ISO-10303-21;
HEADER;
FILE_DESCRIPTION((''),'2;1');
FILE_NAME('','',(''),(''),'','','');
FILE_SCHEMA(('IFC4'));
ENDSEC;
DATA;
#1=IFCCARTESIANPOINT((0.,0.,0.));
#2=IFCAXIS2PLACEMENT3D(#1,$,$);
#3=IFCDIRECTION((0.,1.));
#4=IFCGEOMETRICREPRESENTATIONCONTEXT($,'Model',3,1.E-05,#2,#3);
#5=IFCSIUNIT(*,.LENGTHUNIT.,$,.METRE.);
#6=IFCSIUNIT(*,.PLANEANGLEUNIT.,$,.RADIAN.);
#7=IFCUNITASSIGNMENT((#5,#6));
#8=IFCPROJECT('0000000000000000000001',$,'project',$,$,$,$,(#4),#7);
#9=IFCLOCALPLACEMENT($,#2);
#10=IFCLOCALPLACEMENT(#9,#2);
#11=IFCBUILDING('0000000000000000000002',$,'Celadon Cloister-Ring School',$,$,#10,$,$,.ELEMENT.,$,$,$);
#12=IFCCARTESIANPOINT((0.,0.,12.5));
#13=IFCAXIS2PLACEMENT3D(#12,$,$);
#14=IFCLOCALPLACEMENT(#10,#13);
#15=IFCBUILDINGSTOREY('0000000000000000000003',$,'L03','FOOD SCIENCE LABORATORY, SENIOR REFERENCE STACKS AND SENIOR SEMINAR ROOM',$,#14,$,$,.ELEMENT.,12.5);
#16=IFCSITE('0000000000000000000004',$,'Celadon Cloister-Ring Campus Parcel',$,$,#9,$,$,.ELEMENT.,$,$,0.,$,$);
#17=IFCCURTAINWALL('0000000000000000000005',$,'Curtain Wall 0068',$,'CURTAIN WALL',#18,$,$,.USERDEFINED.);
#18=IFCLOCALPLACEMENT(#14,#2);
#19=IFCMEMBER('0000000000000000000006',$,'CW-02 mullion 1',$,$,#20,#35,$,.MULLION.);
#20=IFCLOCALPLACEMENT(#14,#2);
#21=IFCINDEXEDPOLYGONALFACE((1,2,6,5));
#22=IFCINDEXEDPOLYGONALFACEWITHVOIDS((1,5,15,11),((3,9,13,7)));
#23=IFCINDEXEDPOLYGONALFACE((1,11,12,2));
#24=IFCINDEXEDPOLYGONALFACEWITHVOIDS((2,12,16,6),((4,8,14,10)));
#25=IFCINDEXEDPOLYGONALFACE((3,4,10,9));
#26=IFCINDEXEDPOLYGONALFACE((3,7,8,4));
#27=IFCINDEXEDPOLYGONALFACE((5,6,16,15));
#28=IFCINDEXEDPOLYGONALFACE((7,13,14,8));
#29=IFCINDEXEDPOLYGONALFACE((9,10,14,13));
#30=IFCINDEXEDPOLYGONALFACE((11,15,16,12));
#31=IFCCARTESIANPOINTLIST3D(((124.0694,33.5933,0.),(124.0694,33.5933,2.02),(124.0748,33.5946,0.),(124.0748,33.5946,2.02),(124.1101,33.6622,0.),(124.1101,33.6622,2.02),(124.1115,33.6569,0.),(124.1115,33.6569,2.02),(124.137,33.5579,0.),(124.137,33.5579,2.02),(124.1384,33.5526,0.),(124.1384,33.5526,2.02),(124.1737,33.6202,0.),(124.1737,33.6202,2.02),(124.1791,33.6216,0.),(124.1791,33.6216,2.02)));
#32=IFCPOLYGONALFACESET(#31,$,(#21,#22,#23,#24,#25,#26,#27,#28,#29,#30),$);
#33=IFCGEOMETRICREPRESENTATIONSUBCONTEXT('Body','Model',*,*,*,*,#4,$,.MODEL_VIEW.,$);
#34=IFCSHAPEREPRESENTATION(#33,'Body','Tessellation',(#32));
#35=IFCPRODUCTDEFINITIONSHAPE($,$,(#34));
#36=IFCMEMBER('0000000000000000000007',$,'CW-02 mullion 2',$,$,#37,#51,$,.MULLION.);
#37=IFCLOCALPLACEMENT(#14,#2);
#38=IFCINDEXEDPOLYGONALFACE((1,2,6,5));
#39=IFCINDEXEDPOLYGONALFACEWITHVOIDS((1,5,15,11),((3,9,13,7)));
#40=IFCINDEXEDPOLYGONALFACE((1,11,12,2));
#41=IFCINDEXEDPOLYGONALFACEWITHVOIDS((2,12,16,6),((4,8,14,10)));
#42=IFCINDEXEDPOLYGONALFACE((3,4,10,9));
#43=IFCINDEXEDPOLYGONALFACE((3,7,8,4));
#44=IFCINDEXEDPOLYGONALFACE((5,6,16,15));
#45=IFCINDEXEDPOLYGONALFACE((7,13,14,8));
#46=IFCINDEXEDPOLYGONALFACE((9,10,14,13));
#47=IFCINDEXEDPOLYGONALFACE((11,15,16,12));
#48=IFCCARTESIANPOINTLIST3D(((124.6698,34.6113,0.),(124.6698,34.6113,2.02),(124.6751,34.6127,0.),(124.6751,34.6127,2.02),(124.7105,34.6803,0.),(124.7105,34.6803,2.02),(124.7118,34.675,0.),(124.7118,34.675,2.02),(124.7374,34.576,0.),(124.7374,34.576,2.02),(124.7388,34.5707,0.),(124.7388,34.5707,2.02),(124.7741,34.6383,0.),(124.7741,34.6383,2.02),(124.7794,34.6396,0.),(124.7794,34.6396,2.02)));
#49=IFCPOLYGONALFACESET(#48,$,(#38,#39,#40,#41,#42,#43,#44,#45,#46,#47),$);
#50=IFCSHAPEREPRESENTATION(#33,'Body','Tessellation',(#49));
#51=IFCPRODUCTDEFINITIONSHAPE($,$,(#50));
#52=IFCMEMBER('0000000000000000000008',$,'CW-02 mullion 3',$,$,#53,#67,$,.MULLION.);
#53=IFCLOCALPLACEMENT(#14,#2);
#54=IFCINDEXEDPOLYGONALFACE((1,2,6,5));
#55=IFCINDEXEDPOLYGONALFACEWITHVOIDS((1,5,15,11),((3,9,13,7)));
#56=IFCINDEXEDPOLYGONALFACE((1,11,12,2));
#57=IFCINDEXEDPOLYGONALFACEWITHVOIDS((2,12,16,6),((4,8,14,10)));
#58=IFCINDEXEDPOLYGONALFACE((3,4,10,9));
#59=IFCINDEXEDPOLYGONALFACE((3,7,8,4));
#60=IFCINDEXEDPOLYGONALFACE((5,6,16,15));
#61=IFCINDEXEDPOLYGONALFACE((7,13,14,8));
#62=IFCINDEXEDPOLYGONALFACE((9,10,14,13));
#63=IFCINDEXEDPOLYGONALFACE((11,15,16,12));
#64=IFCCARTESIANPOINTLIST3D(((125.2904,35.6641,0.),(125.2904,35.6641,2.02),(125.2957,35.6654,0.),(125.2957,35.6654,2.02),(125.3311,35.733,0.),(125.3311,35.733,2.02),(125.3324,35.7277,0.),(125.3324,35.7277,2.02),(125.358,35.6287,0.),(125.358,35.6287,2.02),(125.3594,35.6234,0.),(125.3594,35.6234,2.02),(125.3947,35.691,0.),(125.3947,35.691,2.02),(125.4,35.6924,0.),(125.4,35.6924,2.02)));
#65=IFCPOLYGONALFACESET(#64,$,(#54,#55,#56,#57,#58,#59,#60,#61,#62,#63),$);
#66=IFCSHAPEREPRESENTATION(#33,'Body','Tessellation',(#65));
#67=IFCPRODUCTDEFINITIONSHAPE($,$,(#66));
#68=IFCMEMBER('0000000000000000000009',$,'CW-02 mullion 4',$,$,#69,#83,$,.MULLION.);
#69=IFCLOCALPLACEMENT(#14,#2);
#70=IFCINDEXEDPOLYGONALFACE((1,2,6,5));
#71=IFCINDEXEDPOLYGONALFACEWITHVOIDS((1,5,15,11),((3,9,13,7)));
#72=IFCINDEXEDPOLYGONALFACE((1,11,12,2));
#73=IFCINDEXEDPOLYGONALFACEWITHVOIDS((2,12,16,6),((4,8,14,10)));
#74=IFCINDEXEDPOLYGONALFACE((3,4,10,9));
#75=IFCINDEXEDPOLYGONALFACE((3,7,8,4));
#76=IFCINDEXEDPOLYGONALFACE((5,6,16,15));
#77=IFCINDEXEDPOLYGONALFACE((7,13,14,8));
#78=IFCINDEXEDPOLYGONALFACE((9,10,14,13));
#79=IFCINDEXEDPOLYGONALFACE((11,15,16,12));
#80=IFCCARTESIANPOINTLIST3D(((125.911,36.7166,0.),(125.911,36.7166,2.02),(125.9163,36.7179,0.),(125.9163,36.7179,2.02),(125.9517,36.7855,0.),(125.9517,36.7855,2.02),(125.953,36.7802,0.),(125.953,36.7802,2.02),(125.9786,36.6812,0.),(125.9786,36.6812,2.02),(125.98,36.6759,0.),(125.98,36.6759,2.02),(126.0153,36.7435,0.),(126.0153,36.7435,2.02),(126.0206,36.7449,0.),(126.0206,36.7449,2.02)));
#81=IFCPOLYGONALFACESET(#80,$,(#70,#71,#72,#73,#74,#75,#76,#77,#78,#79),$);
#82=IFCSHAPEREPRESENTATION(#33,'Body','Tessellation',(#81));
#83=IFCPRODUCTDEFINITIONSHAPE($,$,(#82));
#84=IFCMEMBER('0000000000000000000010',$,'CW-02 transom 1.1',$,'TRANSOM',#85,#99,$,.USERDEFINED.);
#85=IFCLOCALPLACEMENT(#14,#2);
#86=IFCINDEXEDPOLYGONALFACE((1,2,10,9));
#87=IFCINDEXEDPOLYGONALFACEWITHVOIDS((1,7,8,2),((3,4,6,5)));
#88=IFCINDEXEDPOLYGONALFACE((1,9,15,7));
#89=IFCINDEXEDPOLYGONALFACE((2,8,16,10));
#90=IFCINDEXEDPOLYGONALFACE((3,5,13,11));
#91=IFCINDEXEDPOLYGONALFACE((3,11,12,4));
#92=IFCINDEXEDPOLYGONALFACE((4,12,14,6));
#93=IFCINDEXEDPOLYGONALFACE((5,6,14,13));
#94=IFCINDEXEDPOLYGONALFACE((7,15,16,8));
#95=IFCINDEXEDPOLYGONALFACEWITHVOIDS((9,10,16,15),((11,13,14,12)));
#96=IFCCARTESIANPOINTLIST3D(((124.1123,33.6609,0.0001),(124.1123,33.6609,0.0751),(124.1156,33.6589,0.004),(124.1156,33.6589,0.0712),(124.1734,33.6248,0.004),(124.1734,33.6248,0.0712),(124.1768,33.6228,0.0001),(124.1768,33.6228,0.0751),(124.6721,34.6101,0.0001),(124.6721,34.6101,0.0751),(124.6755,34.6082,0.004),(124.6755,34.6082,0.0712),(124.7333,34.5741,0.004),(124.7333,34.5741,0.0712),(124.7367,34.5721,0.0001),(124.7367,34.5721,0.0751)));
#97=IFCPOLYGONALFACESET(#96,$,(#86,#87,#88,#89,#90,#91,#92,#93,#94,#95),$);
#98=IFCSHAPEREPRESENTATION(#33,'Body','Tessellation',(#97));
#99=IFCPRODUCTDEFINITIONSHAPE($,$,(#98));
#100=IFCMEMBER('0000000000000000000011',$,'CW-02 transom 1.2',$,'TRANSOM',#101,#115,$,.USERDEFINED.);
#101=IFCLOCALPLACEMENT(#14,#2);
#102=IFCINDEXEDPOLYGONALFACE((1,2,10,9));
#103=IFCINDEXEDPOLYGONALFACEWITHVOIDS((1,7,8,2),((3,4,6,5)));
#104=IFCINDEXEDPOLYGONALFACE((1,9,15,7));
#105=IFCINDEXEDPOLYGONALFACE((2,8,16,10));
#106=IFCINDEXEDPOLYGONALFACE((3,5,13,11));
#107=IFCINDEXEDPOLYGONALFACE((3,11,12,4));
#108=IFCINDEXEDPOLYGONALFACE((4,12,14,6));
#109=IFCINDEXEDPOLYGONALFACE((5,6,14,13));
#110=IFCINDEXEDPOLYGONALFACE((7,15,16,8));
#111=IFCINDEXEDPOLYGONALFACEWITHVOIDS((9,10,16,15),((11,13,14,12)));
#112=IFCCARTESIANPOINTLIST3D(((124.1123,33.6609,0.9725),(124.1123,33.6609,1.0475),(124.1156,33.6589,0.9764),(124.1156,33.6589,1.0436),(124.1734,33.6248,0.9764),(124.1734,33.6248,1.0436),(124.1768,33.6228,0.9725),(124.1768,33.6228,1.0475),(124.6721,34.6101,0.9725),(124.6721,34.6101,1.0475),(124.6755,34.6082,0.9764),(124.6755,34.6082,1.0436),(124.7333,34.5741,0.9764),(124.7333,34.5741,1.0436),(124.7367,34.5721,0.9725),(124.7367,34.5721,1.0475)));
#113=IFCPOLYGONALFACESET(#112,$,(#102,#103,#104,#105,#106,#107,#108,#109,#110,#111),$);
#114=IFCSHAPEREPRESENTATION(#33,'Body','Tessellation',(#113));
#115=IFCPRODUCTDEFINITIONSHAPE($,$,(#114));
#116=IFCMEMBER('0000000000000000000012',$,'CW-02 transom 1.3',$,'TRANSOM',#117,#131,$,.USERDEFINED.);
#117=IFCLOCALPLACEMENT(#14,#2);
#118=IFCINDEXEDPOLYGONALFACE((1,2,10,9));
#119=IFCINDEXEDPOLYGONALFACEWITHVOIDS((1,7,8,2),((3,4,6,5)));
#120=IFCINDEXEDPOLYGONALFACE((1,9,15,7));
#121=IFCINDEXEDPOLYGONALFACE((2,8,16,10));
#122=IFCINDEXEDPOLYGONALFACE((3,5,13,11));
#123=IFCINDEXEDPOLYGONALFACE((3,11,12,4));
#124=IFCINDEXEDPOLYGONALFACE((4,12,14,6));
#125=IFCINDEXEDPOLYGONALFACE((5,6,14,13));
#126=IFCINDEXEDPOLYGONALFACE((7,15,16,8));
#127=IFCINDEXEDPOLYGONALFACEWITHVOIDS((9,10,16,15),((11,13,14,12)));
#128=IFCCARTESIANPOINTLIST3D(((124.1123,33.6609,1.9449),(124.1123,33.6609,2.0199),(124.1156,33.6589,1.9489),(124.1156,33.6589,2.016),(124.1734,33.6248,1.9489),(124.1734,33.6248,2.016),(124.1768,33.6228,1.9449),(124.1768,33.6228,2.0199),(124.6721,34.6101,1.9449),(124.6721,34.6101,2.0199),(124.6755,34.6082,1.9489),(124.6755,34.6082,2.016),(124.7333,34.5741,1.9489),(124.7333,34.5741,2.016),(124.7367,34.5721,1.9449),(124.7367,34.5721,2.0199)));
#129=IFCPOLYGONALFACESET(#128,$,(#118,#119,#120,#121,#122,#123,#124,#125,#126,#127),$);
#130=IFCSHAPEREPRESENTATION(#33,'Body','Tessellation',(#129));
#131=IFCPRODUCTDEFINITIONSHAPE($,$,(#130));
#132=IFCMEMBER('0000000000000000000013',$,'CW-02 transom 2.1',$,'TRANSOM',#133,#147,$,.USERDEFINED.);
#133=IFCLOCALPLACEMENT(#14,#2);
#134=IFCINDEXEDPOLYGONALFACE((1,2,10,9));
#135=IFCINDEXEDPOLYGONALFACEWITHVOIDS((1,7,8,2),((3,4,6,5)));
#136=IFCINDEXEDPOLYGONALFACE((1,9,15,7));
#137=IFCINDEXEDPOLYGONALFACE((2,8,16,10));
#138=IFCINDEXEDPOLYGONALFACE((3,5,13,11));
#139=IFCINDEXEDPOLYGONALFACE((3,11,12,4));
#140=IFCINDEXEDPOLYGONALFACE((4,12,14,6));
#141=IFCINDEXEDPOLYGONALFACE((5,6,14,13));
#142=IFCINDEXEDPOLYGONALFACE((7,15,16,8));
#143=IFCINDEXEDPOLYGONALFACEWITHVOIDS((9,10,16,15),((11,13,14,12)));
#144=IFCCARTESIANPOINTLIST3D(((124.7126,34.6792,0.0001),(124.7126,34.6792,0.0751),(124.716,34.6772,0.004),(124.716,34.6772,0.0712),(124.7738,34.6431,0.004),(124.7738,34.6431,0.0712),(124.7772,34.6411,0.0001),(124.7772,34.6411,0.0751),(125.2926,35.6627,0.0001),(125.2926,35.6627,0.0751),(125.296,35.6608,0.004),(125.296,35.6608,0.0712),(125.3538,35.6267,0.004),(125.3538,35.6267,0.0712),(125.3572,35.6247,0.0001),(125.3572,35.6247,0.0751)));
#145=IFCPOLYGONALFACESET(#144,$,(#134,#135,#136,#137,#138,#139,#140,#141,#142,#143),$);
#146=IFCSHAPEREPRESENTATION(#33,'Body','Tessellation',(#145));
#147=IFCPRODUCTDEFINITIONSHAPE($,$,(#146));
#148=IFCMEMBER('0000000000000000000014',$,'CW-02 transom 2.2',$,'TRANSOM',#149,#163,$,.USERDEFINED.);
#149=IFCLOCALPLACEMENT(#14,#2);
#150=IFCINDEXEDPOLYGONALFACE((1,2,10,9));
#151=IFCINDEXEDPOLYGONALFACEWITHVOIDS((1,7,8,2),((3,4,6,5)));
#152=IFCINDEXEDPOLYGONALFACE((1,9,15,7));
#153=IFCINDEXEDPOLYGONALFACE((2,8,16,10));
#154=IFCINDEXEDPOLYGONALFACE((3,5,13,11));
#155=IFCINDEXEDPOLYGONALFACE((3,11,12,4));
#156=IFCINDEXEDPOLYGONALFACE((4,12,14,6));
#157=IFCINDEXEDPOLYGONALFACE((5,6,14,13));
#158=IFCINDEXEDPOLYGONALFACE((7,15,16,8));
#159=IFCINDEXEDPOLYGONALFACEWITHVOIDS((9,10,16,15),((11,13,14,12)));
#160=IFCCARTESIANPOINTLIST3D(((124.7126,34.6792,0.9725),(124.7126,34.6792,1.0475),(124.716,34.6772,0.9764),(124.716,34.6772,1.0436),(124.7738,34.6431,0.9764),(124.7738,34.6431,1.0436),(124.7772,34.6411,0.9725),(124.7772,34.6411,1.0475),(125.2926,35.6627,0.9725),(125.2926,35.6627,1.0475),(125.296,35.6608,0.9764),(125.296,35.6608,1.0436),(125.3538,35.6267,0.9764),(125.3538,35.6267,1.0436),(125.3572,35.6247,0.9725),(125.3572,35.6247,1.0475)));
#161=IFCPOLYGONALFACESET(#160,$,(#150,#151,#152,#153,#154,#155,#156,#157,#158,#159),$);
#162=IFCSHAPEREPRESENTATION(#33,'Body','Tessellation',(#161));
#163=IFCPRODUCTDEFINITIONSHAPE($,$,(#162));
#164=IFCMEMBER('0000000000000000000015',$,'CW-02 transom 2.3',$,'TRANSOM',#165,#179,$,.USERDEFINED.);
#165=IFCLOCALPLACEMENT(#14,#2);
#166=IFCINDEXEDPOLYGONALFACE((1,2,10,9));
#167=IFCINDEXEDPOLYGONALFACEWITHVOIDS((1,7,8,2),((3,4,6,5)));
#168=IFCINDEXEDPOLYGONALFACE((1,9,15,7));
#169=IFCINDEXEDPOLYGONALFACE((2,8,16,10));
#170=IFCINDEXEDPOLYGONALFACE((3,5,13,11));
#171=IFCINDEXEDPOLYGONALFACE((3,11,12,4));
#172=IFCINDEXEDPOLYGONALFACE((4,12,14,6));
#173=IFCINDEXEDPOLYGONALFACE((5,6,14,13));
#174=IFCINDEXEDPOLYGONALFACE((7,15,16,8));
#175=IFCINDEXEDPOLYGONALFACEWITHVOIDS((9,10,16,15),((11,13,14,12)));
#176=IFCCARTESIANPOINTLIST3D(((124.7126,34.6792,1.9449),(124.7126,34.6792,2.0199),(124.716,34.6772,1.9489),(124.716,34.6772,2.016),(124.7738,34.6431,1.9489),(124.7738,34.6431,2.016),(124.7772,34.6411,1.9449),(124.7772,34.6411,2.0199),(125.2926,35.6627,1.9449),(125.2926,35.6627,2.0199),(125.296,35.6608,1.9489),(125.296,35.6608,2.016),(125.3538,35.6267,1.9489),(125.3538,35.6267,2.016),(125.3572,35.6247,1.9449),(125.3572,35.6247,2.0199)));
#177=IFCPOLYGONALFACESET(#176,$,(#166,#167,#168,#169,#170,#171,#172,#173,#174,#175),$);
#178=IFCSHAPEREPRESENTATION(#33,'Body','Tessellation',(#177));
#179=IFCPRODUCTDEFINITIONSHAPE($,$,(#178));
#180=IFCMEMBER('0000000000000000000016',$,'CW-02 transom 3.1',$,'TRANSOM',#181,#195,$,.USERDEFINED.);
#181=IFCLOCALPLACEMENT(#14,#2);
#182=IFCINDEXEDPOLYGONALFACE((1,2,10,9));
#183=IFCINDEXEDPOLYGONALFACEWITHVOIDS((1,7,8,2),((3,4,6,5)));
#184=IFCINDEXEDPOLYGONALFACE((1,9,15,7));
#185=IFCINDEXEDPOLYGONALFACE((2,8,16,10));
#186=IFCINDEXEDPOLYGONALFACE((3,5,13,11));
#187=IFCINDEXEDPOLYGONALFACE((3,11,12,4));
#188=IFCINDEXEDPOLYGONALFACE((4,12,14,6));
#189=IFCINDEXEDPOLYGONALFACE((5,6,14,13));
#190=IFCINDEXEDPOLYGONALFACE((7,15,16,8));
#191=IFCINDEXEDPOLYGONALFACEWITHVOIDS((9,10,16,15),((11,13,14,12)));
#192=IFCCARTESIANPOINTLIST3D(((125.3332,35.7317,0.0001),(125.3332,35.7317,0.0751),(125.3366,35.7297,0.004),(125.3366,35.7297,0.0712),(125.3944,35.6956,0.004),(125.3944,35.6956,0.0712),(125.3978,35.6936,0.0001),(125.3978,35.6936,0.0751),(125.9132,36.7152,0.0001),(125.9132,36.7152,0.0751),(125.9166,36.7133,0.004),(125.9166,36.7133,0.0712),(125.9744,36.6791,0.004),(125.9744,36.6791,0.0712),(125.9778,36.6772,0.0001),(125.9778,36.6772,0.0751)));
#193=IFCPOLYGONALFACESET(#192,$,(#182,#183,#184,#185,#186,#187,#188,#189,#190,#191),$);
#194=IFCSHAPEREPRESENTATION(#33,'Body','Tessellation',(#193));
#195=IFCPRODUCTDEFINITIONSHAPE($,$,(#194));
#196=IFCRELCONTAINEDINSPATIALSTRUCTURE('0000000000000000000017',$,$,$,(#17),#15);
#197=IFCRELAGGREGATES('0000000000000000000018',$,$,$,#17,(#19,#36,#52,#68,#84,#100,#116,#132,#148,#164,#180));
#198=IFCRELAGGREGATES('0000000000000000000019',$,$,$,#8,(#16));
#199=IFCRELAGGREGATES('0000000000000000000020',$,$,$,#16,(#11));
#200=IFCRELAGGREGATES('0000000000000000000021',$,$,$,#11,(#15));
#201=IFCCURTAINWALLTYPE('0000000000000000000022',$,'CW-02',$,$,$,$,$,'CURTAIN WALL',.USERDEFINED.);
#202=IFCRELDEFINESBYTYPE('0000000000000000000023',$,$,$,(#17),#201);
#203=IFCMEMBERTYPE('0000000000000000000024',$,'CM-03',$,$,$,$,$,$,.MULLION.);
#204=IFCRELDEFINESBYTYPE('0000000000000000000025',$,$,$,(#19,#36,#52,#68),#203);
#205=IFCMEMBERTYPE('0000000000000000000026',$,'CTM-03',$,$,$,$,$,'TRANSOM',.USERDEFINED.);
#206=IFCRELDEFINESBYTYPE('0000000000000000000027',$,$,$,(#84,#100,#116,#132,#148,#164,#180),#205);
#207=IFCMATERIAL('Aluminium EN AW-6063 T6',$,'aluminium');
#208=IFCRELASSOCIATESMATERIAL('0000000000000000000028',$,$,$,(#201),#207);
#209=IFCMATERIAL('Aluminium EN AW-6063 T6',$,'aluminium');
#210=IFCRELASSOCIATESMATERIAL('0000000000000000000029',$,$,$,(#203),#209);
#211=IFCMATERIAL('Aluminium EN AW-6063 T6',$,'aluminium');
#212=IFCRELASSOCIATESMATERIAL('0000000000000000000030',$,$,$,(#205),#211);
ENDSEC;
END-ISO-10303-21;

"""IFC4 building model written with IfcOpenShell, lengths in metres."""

from ifc_helpers import new_model, si_unit, direction, frame, origin, origin_2d, place, context, subcontext, project, spatial, hollow_rectangle, extrude, material, material_profile, profile_set, type_object, element, aggregate, save


model = new_model("IFC4")

# Units and contexts
model_context = context("Model", 3, precision=1e-05, world=origin(), true_north=direction((0.0, 1.0)))
body_context = subcontext(model_context, "Body", "Model", "MODEL_VIEW")
ifc_project = project(units=[si_unit("LENGTHUNIT", "METRE"), si_unit("PLANEANGLEUNIT", "RADIAN")], contexts=[model_context])

# Site, building, storey
site_placement = place(None, origin())
site = spatial("IfcSite", under=ifc_project, at=site_placement, Name="Celadon Cloister-Ring Campus Parcel", CompositionType="ELEMENT", RefElevation=0.0)
building_placement = place(site_placement, origin())
building = spatial("IfcBuilding", under=site, at=building_placement, Name="Celadon Cloister-Ring School", CompositionType="ELEMENT")
storey_placement = place(building_placement, frame((0.0, 0.0, 12.5)))
storey = spatial("IfcBuildingStorey", under=building, at=storey_placement, Name="L03", Description="FOOD SCIENCE LABORATORY, SENIOR REFERENCE STACKS AND SENIOR SEMINAR ROOM", CompositionType="ELEMENT", Elevation=12.5)

# Curtain wall, members
ifc_material_1 = material(Name="Aluminium EN AW-6063 T6", Category="aluminium")
curtain_wall_type = type_object("IfcCurtainWallType", Name="CW-02", ElementType="CURTAIN WALL", PredefinedType="USERDEFINED", material=ifc_material_1)
curtain_wall_placement = place(storey_placement, origin())
curtain_wall = element("IfcCurtainWall", 1, at=curtain_wall_placement, inside=storey, type_object=curtain_wall_type, Name="Curtain Wall 0068", ObjectType="CURTAIN WALL", PredefinedType="USERDEFINED")
ifc_material_2 = material(Name="Aluminium EN AW-6063 T6", Category="aluminium")
ifc_material_profile_1 = material_profile(ifc_material_2, hollow_rectangle(XDim=0.0801, YDim=0.0801, WallThickness=0.0039, at=origin_2d()), Name="RHS80X80X4")
ifc_profile_set_1 = profile_set([ifc_material_profile_1], Name="Aluminium EN AW-6063 T6")
member_type_1 = type_object("IfcMemberType", Name="CM-03", PredefinedType="MULLION", material=ifc_profile_set_1)
member_1_placement = place(storey_placement, frame((124.1243, 33.6074, 0.0), z_axis=(0.0, 0.0, 1.0), x_axis=(-0.861425, 0.507885, 0.0)))
member_1 = element("IfcMember", 2, at=member_1_placement, type_object=member_type_1, Name="CW-02 mullion 1", PredefinedType="MULLION", context=body_context, shape_type="SweptSolid", body=[
    extrude(hollow_rectangle(XDim=0.0801, YDim=0.0801, WallThickness=0.0039, at=origin_2d()), origin(), (0.0, 0.0, 1.0), 2.02),
])
member_2_placement = place(storey_placement, frame((124.7246, 34.6255, 0.0), z_axis=(0.0, 0.0, 1.0), x_axis=(-0.861425, 0.507885, 0.0)))
member_2 = element("IfcMember", 3, at=member_2_placement, type_object=member_type_1, Name="CW-02 mullion 2", PredefinedType="MULLION", context=body_context, shape_type="SweptSolid", body=[
    extrude(hollow_rectangle(XDim=0.0801, YDim=0.0801, WallThickness=0.0039, at=origin_2d()), origin(), (0.0, 0.0, 1.0), 2.02),
])
member_3_placement = place(storey_placement, frame((125.3452, 35.6782, 0.0), z_axis=(0.0, 0.0, 1.0), x_axis=(-0.861425, 0.507885, 0.0)))
member_3 = element("IfcMember", 4, at=member_3_placement, type_object=member_type_1, Name="CW-02 mullion 3", PredefinedType="MULLION", context=body_context, shape_type="SweptSolid", body=[
    extrude(hollow_rectangle(XDim=0.0801, YDim=0.0801, WallThickness=0.0039, at=origin_2d()), origin(), (0.0, 0.0, 1.0), 2.02),
])
member_4_placement = place(storey_placement, frame((125.9658, 36.7307, 0.0), z_axis=(0.0, 0.0, 1.0), x_axis=(-0.861425, 0.507885, 0.0)))
member_4 = element("IfcMember", 5, at=member_4_placement, type_object=member_type_1, Name="CW-02 mullion 4", PredefinedType="MULLION", context=body_context, shape_type="SweptSolid", body=[
    extrude(hollow_rectangle(XDim=0.0801, YDim=0.0801, WallThickness=0.0039, at=origin_2d()), origin(), (0.0, 0.0, 1.0), 2.02),
])
ifc_material_3 = material(Name="Aluminium EN AW-6063 T6", Category="aluminium")
ifc_material_profile_2 = material_profile(ifc_material_3, hollow_rectangle(XDim=0.075, YDim=0.075, WallThickness=0.0039, at=origin_2d()), Name="RHS75X75X4")
ifc_profile_set_2 = profile_set([ifc_material_profile_2], Name="Aluminium EN AW-6063 T6")
member_type_2 = type_object("IfcMemberType", Name="CTM-03", ElementType="TRANSOM", PredefinedType="USERDEFINED", material=ifc_profile_set_2)
member_5_placement = place(storey_placement, frame((124.1445, 33.6418, 0.0376), z_axis=(0.507998, 0.861358, 0.0), x_axis=(-0.861358, 0.507998, 0.0)))
member_5 = element("IfcMember", 6, at=member_5_placement, type_object=member_type_2, Name="CW-02 transom 1.1", ObjectType="TRANSOM", PredefinedType="USERDEFINED", context=body_context, shape_type="SweptSolid", body=[
    extrude(hollow_rectangle(XDim=0.075, YDim=0.075, WallThickness=0.0039, at=origin_2d()), origin(), (0.0, 0.0, 1.0), 1.1021),
])
member_6_placement = place(storey_placement, frame((124.1445, 33.6418, 1.01), z_axis=(0.507998, 0.861358, 0.0), x_axis=(-0.861358, 0.507998, 0.0)))
member_6 = element("IfcMember", 7, at=member_6_placement, type_object=member_type_2, Name="CW-02 transom 1.2", ObjectType="TRANSOM", PredefinedType="USERDEFINED", context=body_context, shape_type="SweptSolid", body=[
    extrude(hollow_rectangle(XDim=0.075, YDim=0.075, WallThickness=0.0039, at=origin_2d()), origin(), (0.0, 0.0, 1.0), 1.1021),
])
member_7_placement = place(storey_placement, frame((124.1445, 33.6418, 1.9824), z_axis=(0.507998, 0.861358, 0.0), x_axis=(-0.861358, 0.507998, 0.0)))
member_7 = element("IfcMember", 8, at=member_7_placement, type_object=member_type_2, Name="CW-02 transom 1.3", ObjectType="TRANSOM", PredefinedType="USERDEFINED", context=body_context, shape_type="SweptSolid", body=[
    extrude(hollow_rectangle(XDim=0.075, YDim=0.075, WallThickness=0.0039, at=origin_2d()), origin(), (0.0, 0.0, 1.0), 1.1021),
])
member_8_placement = place(storey_placement, frame((124.7449, 34.6602, 0.0376), z_axis=(0.507973, 0.861373, 0.0), x_axis=(-0.861373, 0.507973, 0.0)))
member_8 = element("IfcMember", 9, at=member_8_placement, type_object=member_type_2, Name="CW-02 transom 2.1", ObjectType="TRANSOM", PredefinedType="USERDEFINED", context=body_context, shape_type="SweptSolid", body=[
    extrude(hollow_rectangle(XDim=0.075, YDim=0.075, WallThickness=0.0039, at=origin_2d()), origin(), (0.0, 0.0, 1.0), 1.1418),
])
member_9_placement = place(storey_placement, frame((124.7449, 34.6602, 1.01), z_axis=(0.507973, 0.861373, 0.0), x_axis=(-0.861373, 0.507973, 0.0)))
member_9 = element("IfcMember", 10, at=member_9_placement, type_object=member_type_2, Name="CW-02 transom 2.2", ObjectType="TRANSOM", PredefinedType="USERDEFINED", context=body_context, shape_type="SweptSolid", body=[
    extrude(hollow_rectangle(XDim=0.075, YDim=0.075, WallThickness=0.0039, at=origin_2d()), origin(), (0.0, 0.0, 1.0), 1.1418),
])
member_10_placement = place(storey_placement, frame((124.7449, 34.6602, 1.9824), z_axis=(0.507973, 0.861373, 0.0), x_axis=(-0.861373, 0.507973, 0.0)))
member_10 = element("IfcMember", 11, at=member_10_placement, type_object=member_type_2, Name="CW-02 transom 2.3", ObjectType="TRANSOM", PredefinedType="USERDEFINED", context=body_context, shape_type="SweptSolid", body=[
    extrude(hollow_rectangle(XDim=0.075, YDim=0.075, WallThickness=0.0039, at=origin_2d()), origin(), (0.0, 0.0, 1.0), 1.1418),
])
member_11_placement = place(storey_placement, frame((125.3655, 35.7126, 0.0376), z_axis=(0.507973, 0.861373, 0.0), x_axis=(-0.861373, 0.507973, 0.0)))
member_11 = element("IfcMember", 12, at=member_11_placement, type_object=member_type_2, Name="CW-02 transom 3.1", ObjectType="TRANSOM", PredefinedType="USERDEFINED", context=body_context, shape_type="SweptSolid", body=[
    extrude(hollow_rectangle(XDim=0.075, YDim=0.075, WallThickness=0.0039, at=origin_2d()), origin(), (0.0, 0.0, 1.0), 1.1418),
])

aggregate(curtain_wall, [member_1, member_2, member_3, member_4, member_5, member_6, member_7, member_8, member_9, member_10, member_11])

save(model, "model.ifc")
